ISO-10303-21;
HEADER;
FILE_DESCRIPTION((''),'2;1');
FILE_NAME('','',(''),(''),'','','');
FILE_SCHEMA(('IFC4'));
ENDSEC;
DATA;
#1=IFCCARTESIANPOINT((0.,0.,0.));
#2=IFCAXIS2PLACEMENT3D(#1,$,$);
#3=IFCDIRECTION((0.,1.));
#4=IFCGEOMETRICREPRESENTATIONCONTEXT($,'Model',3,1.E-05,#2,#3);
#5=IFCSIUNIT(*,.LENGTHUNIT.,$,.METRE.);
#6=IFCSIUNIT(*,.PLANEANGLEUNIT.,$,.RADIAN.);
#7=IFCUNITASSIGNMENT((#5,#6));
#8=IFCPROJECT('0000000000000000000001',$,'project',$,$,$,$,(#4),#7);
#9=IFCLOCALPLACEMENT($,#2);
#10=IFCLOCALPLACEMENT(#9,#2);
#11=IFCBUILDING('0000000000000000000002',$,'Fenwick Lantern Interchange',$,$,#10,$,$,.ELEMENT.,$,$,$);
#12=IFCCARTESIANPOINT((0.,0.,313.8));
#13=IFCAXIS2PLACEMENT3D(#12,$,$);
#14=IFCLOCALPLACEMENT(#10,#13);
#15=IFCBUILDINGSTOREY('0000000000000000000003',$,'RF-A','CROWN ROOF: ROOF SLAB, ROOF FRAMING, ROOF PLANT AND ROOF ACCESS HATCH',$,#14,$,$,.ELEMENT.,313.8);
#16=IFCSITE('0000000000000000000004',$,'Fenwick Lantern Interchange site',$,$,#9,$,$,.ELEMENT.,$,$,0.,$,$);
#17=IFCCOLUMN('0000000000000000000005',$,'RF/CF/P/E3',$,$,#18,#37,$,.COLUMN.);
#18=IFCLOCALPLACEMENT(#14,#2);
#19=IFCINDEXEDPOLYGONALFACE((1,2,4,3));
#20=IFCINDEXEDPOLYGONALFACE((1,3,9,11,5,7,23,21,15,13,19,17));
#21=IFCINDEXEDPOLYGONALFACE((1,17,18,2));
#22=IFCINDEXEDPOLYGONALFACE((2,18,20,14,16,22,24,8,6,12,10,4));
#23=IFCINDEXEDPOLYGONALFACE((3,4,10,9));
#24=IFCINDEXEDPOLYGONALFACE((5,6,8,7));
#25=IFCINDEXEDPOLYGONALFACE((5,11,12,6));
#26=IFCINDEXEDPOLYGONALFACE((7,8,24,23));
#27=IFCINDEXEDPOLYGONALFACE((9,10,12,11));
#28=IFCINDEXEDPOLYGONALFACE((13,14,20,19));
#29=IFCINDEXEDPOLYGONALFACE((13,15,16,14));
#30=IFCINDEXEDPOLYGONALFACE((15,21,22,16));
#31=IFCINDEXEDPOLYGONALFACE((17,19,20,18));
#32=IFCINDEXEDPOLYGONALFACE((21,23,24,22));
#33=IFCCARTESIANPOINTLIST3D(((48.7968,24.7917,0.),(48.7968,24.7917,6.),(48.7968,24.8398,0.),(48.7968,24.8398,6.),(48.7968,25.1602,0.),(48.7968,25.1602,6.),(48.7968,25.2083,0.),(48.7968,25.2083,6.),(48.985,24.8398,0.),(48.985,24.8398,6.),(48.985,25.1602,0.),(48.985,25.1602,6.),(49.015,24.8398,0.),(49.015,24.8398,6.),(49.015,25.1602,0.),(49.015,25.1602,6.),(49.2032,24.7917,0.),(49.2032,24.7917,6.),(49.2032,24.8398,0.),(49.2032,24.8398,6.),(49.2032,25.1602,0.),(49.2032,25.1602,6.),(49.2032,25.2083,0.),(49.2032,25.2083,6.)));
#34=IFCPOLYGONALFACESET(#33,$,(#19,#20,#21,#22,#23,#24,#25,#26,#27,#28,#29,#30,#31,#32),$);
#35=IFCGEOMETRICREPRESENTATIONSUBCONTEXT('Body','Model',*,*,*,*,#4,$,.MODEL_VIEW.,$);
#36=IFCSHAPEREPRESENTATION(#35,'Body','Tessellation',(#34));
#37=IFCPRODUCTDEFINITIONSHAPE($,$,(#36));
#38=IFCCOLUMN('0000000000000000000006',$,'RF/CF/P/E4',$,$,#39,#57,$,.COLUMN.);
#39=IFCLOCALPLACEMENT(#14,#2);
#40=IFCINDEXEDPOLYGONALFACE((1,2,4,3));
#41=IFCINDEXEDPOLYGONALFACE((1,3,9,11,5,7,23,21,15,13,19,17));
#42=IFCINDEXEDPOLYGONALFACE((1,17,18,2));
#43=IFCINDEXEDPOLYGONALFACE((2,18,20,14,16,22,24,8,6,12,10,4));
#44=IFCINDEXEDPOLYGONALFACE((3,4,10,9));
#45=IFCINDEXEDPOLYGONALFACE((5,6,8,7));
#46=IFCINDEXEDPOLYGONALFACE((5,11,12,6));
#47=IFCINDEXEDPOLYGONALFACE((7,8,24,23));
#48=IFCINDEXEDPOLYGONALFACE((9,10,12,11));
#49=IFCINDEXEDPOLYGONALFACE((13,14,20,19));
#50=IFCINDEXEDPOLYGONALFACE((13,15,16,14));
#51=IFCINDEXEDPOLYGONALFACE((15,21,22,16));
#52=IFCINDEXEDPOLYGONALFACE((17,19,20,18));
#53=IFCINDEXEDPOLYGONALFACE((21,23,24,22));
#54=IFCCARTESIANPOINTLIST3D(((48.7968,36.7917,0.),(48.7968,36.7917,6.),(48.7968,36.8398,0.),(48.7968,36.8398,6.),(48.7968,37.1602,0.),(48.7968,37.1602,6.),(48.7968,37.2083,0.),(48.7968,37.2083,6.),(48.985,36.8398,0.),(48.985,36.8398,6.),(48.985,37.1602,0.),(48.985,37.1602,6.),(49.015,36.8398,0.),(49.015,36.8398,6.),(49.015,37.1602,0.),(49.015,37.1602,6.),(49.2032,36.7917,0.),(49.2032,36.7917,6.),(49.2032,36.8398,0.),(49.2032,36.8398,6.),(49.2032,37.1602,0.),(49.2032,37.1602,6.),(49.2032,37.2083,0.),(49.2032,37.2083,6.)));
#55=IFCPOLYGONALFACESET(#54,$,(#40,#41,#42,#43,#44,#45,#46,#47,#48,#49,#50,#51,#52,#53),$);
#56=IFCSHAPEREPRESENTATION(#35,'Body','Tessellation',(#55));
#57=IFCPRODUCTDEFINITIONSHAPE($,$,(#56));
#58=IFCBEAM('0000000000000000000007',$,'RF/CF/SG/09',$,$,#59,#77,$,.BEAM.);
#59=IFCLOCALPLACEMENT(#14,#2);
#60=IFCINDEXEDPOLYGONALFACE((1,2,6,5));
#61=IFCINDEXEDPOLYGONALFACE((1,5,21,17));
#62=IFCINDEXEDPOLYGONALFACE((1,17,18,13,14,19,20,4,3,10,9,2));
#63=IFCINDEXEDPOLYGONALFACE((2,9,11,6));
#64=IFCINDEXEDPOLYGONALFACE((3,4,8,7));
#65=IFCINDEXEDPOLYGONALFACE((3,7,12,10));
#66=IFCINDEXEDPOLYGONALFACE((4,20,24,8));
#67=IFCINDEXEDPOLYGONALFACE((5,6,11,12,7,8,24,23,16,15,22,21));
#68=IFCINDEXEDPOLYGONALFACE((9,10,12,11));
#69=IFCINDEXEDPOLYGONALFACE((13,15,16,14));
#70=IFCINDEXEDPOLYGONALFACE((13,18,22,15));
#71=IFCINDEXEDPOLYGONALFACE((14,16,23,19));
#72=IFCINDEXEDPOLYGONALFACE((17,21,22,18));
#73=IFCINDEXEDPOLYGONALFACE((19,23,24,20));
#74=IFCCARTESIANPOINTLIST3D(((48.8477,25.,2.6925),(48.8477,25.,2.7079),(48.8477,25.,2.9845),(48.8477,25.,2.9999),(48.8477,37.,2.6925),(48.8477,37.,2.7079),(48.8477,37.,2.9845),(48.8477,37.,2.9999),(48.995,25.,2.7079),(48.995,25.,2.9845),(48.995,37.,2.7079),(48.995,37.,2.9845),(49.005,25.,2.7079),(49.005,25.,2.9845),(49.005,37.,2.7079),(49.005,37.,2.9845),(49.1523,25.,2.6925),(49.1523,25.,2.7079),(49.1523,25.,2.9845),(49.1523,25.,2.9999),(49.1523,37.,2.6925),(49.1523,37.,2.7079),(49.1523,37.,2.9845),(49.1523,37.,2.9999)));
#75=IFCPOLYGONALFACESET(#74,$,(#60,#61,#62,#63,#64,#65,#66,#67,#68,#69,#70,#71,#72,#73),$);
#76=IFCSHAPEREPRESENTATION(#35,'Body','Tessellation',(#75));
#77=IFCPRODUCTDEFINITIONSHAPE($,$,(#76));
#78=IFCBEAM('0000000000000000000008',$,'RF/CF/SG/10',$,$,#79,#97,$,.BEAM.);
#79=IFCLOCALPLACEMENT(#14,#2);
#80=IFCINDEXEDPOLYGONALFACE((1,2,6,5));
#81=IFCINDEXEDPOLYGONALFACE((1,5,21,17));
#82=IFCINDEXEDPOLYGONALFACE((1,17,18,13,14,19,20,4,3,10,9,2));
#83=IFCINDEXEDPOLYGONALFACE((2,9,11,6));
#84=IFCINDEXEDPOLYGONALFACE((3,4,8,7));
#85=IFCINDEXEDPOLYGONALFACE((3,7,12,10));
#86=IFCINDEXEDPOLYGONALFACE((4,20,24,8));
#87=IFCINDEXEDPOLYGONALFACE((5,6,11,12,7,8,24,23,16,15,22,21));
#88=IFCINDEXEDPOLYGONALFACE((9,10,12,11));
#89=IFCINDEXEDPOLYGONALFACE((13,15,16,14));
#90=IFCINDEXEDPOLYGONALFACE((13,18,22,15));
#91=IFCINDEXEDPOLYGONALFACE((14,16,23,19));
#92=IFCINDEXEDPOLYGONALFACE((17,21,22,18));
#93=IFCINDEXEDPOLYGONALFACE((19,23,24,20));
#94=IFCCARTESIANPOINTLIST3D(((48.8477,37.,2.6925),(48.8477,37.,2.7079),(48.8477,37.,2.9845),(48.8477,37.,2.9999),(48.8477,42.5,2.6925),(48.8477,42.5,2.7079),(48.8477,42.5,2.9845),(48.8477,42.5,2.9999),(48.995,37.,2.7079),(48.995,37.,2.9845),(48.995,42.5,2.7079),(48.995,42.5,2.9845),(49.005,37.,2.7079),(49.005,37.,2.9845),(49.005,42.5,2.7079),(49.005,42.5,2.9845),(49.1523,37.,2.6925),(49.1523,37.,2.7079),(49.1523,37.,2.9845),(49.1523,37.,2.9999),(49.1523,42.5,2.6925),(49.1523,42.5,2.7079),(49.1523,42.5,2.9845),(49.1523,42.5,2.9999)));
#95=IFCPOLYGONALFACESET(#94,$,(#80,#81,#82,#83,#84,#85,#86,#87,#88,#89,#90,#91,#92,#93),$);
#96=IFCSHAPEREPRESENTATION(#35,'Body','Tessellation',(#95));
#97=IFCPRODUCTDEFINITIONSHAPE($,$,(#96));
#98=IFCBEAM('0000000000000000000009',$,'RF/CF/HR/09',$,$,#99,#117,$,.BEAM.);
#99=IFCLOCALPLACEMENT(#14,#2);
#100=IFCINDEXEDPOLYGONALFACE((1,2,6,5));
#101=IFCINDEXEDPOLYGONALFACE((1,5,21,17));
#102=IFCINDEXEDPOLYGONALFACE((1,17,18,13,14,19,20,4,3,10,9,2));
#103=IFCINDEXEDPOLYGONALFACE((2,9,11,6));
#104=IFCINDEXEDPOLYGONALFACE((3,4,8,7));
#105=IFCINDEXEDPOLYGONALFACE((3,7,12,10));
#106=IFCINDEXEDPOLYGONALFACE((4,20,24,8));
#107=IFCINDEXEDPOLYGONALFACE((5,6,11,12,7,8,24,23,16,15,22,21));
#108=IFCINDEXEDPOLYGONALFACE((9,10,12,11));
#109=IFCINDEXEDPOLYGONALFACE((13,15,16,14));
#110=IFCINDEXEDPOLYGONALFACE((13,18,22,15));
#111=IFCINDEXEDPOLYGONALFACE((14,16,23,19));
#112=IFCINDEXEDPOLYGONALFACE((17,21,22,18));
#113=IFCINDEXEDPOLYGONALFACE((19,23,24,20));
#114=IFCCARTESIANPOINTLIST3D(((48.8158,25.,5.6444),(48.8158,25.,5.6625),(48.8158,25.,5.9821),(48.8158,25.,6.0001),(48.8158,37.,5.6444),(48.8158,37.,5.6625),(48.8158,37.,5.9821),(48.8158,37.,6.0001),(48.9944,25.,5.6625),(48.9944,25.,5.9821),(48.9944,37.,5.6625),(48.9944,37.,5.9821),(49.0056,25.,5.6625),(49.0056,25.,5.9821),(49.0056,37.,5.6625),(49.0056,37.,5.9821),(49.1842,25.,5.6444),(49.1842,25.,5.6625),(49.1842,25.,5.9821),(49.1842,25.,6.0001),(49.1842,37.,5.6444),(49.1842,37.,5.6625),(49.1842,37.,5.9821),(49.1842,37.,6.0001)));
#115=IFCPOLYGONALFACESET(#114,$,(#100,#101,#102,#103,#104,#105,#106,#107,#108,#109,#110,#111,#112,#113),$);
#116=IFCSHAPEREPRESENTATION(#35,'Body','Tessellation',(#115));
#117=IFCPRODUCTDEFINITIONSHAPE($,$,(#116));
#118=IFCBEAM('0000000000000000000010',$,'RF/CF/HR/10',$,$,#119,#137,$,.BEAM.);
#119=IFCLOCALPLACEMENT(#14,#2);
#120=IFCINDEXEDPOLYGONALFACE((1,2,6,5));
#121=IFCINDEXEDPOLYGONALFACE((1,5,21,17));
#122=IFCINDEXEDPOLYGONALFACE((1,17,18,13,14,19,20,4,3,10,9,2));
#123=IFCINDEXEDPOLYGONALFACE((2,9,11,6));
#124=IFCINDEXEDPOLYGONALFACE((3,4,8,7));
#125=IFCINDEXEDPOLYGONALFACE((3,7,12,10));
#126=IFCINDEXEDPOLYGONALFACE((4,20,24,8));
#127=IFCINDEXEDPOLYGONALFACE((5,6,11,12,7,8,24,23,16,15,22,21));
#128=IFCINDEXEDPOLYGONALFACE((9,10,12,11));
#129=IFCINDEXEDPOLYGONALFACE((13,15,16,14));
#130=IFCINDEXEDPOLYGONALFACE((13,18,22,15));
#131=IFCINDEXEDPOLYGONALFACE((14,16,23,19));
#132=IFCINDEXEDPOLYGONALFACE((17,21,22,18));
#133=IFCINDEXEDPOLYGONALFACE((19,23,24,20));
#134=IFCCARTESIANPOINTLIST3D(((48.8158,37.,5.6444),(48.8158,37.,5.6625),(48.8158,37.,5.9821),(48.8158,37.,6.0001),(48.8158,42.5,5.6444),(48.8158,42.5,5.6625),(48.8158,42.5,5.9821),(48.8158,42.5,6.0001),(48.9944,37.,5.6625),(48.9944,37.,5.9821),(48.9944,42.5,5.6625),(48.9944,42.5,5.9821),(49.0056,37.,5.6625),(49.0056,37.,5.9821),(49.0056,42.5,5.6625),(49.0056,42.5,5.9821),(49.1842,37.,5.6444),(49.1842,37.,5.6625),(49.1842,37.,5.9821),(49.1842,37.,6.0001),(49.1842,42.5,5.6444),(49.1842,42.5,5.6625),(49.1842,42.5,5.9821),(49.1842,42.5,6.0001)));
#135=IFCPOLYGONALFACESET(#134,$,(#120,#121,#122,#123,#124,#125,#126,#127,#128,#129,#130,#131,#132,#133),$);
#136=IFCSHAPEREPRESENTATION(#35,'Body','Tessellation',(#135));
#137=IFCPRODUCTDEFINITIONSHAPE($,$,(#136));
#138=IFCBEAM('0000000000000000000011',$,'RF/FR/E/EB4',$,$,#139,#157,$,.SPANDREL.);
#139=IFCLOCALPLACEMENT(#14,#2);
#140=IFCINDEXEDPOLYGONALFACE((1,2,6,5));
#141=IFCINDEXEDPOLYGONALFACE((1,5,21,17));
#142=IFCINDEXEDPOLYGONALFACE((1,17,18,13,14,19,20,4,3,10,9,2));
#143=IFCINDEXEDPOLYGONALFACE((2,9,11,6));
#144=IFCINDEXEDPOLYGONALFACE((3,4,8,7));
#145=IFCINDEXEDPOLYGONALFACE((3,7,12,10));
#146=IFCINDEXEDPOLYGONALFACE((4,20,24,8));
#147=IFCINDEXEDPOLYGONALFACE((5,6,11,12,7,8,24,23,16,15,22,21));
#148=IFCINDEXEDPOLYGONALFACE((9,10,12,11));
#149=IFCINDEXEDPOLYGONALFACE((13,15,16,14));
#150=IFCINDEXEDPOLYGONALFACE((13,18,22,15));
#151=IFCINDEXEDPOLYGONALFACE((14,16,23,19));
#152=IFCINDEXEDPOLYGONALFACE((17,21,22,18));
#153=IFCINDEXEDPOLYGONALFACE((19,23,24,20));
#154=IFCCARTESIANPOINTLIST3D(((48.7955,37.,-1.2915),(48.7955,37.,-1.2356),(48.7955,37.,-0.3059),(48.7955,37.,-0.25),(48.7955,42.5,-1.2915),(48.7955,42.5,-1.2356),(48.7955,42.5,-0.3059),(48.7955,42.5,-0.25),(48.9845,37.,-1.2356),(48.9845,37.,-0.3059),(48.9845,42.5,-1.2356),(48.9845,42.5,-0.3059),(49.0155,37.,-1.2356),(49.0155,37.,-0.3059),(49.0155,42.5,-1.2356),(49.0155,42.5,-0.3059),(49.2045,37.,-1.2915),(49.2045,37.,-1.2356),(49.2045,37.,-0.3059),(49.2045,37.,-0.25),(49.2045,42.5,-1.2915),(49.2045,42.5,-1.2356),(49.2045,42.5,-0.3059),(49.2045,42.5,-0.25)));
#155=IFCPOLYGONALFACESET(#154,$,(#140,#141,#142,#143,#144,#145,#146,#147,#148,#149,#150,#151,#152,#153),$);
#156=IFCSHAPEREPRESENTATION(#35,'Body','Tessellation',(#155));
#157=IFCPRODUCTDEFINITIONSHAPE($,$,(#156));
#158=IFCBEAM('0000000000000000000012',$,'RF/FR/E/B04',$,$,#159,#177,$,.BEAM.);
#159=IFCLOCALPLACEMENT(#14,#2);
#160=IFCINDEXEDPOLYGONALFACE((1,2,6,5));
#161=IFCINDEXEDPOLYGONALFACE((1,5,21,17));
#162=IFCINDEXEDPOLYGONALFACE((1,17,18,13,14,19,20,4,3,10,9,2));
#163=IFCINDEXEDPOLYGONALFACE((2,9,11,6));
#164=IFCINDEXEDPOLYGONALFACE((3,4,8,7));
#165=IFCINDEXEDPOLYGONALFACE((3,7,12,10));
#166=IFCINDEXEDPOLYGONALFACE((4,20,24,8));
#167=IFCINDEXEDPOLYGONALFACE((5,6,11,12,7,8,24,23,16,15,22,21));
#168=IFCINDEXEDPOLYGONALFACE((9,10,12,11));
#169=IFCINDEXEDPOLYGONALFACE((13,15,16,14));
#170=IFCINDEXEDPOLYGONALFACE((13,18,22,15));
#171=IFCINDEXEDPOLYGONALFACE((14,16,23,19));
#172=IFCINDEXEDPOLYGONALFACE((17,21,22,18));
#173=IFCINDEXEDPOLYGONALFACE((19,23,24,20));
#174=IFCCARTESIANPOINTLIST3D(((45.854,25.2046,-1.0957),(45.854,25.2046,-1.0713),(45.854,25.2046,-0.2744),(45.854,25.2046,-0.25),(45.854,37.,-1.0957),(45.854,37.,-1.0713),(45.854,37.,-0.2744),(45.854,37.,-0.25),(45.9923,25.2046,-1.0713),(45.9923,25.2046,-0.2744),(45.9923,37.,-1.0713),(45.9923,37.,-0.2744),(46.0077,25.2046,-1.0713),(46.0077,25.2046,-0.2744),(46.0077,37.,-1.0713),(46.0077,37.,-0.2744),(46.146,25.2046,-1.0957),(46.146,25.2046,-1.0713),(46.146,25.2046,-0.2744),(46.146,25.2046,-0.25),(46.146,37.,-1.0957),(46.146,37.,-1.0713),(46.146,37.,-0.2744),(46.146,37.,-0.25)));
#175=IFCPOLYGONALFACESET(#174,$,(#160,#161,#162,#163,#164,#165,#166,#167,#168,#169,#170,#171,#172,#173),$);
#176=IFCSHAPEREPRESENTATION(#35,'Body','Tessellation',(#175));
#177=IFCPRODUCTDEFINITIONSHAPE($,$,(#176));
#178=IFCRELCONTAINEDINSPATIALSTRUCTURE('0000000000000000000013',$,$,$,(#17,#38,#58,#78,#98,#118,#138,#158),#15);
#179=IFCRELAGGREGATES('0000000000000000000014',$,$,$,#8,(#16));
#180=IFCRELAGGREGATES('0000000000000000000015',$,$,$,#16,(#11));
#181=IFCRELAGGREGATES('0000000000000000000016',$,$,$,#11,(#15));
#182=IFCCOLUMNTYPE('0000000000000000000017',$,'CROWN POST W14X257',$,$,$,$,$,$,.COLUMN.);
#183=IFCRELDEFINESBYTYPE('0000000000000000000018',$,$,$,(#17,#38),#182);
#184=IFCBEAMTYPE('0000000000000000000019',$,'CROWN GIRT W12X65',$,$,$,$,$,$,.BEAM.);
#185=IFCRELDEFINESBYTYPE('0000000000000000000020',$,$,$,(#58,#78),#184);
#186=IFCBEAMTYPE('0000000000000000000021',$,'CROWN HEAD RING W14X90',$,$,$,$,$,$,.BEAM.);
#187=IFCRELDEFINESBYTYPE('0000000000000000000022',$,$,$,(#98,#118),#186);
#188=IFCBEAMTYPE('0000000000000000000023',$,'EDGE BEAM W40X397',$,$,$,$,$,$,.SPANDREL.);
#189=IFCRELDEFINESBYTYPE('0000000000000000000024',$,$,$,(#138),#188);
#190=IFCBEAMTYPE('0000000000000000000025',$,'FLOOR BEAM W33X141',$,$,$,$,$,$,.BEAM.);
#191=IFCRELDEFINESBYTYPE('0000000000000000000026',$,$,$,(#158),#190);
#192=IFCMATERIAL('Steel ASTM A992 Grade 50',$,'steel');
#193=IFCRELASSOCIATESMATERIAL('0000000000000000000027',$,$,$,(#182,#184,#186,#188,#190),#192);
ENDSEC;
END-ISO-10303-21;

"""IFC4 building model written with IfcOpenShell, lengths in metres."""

from ifc_helpers import new_model, si_unit, direction, frame, origin, origin_2d, place, context, subcontext, project, spatial, i_section, extrude, material, material_profile, profile_set, type_object, element, save


model = new_model("IFC4")

# Units and contexts
model_context = context("Model", 3, precision=1e-05, world=origin(), true_north=direction((0.0, 1.0)))
body_context = subcontext(model_context, "Body", "Model", "MODEL_VIEW")
ifc_project = project(units=[si_unit("LENGTHUNIT", "METRE"), si_unit("PLANEANGLEUNIT", "RADIAN")], contexts=[model_context])

# Site, building, storey
site_placement = place(None, origin())
site = spatial("IfcSite", under=ifc_project, at=site_placement, Name="Fenwick Lantern Interchange site", CompositionType="ELEMENT", RefElevation=0.0)
building_placement = place(site_placement, origin())
building = spatial("IfcBuilding", under=site, at=building_placement, Name="Fenwick Lantern Interchange", CompositionType="ELEMENT")
storey_placement = place(building_placement, frame((0.0, 0.0, 313.8)))
storey = spatial("IfcBuildingStorey", under=building, at=storey_placement, Name="RF-A", Description="CROWN ROOF: ROOF SLAB, ROOF FRAMING, ROOF PLANT AND ROOF ACCESS HATCH", CompositionType="ELEMENT", Elevation=313.8)

# Columns
ifc_material_1 = material(Name="Steel ASTM A992 Grade 50", Category="steel")
ifc_material_profile_1 = material_profile(ifc_material_1, i_section(OverallWidth=0.4065, OverallDepth=0.4165, WebThickness=0.03, FlangeThickness=0.0481, at=origin_2d()), Name="W14X257")
ifc_profile_set_1 = profile_set([ifc_material_profile_1], Name="Steel ASTM A992 Grade 50")
column_type = type_object("IfcColumnType", Name="CROWN POST W14X257", PredefinedType="COLUMN", material=ifc_profile_set_1)
for number, where, z_axis, x_axis, name in (
    (1, (49.0, 25.0, 0.0), (0.0, 0.0, 1.0), (1.0, 0.0, 0.0), "RF/CF/P/E3"),
    (2, (49.0, 37.0, 0.0), (0.0, 0.0, 1.0), (1.0, 0.0, 0.0), "RF/CF/P/E4"),
):
    element("IfcColumn", number, at=place(storey_placement, frame(where, z_axis=z_axis, x_axis=x_axis)), inside=storey, type_object=column_type, Name=name, PredefinedType="COLUMN", context=body_context, shape_type="SweptSolid", body=[
        extrude(i_section(OverallWidth=0.4065, OverallDepth=0.4165, WebThickness=0.03, FlangeThickness=0.0481, at=origin_2d()), origin(), (0.0, 0.0, 1.0), 6.0),
    ])

# Beams
ifc_material_profile_2 = material_profile(ifc_material_1, i_section(OverallWidth=0.3047, OverallDepth=0.3074, WebThickness=0.01, FlangeThickness=0.0154, at=origin_2d()), Name="W12X65")
ifc_profile_set_2 = profile_set([ifc_material_profile_2], Name="Steel ASTM A992 Grade 50")
beam_type_1 = type_object("IfcBeamType", Name="CROWN GIRT W12X65", PredefinedType="BEAM", material=ifc_profile_set_2)
beam_1_placement = place(storey_placement, frame((49.0, 25.0, 2.8462), z_axis=(0.0, 1.0, 0.0), x_axis=(-1.0, 0.0, 0.0)))
element("IfcBeam", 3, at=beam_1_placement, inside=storey, type_object=beam_type_1, Name="RF/CF/SG/09", PredefinedType="BEAM", context=body_context, shape_type="SweptSolid", body=[
    extrude(i_section(OverallWidth=0.3047, OverallDepth=0.3074, WebThickness=0.01, FlangeThickness=0.0154, at=origin_2d()), origin(), (0.0, 0.0, 1.0), 12.0),
])
beam_2_placement = place(storey_placement, frame((49.0, 37.0, 2.8462), z_axis=(0.0, 1.0, 0.0), x_axis=(-1.0, 0.0, 0.0)))
element("IfcBeam", 4, at=beam_2_placement, inside=storey, type_object=beam_type_1, Name="RF/CF/SG/10", PredefinedType="BEAM", context=body_context, shape_type="SweptSolid", body=[
    extrude(i_section(OverallWidth=0.3047, OverallDepth=0.3074, WebThickness=0.01, FlangeThickness=0.0154, at=origin_2d()), origin(), (0.0, 0.0, 1.0), 5.5),
])
ifc_material_profile_3 = material_profile(ifc_material_1, i_section(OverallWidth=0.3684, OverallDepth=0.3557, WebThickness=0.0112, FlangeThickness=0.0181, at=origin_2d()), Name="W14X90")
ifc_profile_set_3 = profile_set([ifc_material_profile_3], Name="Steel ASTM A992 Grade 50")
beam_type_2 = type_object("IfcBeamType", Name="CROWN HEAD RING W14X90", PredefinedType="BEAM", material=ifc_profile_set_3)
beam_3_placement = place(storey_placement, frame((49.0, 25.0, 5.8223), z_axis=(0.0, 1.0, 0.0), x_axis=(-1.0, 0.0, 0.0)))
element("IfcBeam", 5, at=beam_3_placement, inside=storey, type_object=beam_type_2, Name="RF/CF/HR/09", PredefinedType="BEAM", context=body_context, shape_type="SweptSolid", body=[
    extrude(i_section(OverallWidth=0.3684, OverallDepth=0.3557, WebThickness=0.0112, FlangeThickness=0.0181, at=origin_2d()), origin(), (0.0, 0.0, 1.0), 12.0),
])
beam_4_placement = place(storey_placement, frame((49.0, 37.0, 5.8223), z_axis=(0.0, 1.0, 0.0), x_axis=(-1.0, 0.0, 0.0)))
element("IfcBeam", 6, at=beam_4_placement, inside=storey, type_object=beam_type_2, Name="RF/CF/HR/10", PredefinedType="BEAM", context=body_context, shape_type="SweptSolid", body=[
    extrude(i_section(OverallWidth=0.3684, OverallDepth=0.3557, WebThickness=0.0112, FlangeThickness=0.0181, at=origin_2d()), origin(), (0.0, 0.0, 1.0), 5.5),
])
ifc_material_profile_4 = material_profile(ifc_material_1, i_section(OverallWidth=0.4089, OverallDepth=1.0415, WebThickness=0.031, FlangeThickness=0.0559, at=origin_2d()), Name="W40X397")
ifc_profile_set_4 = profile_set([ifc_material_profile_4], Name="Steel ASTM A992 Grade 50")
beam_type_3 = type_object("IfcBeamType", Name="EDGE BEAM W40X397", PredefinedType="SPANDREL", material=ifc_profile_set_4)
beam_5_placement = place(storey_placement, frame((49.0, 37.0, -0.7708), z_axis=(0.0, 1.0, 0.0), x_axis=(-1.0, 0.0, 0.0)))
element("IfcBeam", 7, at=beam_5_placement, inside=storey, type_object=beam_type_3, Name="RF/FR/E/EB4", PredefinedType="SPANDREL", context=body_context, shape_type="SweptSolid", body=[
    extrude(i_section(OverallWidth=0.4089, OverallDepth=1.0415, WebThickness=0.031, FlangeThickness=0.0559, at=origin_2d()), origin(), (0.0, 0.0, 1.0), 5.5),
])
ifc_material_profile_5 = material_profile(ifc_material_1, i_section(OverallWidth=0.292, OverallDepth=0.8457, WebThickness=0.0154, FlangeThickness=0.0244, at=origin_2d()), Name="W33X141")
ifc_profile_set_5 = profile_set([ifc_material_profile_5], Name="Steel ASTM A992 Grade 50")
beam_type_4 = type_object("IfcBeamType", Name="FLOOR BEAM W33X141", PredefinedType="BEAM", material=ifc_profile_set_5)
beam_6_placement = place(storey_placement, frame((46.0, 25.2046, -0.6729), z_axis=(0.0, 1.0, 0.0), x_axis=(-1.0, 0.0, 0.0)))
element("IfcBeam", 8, at=beam_6_placement, inside=storey, type_object=beam_type_4, Name="RF/FR/E/B04", PredefinedType="BEAM", context=body_context, shape_type="SweptSolid", body=[
    extrude(i_section(OverallWidth=0.292, OverallDepth=0.8457, WebThickness=0.0154, FlangeThickness=0.0244, at=origin_2d()), origin(), (0.0, 0.0, 1.0), 11.7954),
])

save(model, "model.ifc")
